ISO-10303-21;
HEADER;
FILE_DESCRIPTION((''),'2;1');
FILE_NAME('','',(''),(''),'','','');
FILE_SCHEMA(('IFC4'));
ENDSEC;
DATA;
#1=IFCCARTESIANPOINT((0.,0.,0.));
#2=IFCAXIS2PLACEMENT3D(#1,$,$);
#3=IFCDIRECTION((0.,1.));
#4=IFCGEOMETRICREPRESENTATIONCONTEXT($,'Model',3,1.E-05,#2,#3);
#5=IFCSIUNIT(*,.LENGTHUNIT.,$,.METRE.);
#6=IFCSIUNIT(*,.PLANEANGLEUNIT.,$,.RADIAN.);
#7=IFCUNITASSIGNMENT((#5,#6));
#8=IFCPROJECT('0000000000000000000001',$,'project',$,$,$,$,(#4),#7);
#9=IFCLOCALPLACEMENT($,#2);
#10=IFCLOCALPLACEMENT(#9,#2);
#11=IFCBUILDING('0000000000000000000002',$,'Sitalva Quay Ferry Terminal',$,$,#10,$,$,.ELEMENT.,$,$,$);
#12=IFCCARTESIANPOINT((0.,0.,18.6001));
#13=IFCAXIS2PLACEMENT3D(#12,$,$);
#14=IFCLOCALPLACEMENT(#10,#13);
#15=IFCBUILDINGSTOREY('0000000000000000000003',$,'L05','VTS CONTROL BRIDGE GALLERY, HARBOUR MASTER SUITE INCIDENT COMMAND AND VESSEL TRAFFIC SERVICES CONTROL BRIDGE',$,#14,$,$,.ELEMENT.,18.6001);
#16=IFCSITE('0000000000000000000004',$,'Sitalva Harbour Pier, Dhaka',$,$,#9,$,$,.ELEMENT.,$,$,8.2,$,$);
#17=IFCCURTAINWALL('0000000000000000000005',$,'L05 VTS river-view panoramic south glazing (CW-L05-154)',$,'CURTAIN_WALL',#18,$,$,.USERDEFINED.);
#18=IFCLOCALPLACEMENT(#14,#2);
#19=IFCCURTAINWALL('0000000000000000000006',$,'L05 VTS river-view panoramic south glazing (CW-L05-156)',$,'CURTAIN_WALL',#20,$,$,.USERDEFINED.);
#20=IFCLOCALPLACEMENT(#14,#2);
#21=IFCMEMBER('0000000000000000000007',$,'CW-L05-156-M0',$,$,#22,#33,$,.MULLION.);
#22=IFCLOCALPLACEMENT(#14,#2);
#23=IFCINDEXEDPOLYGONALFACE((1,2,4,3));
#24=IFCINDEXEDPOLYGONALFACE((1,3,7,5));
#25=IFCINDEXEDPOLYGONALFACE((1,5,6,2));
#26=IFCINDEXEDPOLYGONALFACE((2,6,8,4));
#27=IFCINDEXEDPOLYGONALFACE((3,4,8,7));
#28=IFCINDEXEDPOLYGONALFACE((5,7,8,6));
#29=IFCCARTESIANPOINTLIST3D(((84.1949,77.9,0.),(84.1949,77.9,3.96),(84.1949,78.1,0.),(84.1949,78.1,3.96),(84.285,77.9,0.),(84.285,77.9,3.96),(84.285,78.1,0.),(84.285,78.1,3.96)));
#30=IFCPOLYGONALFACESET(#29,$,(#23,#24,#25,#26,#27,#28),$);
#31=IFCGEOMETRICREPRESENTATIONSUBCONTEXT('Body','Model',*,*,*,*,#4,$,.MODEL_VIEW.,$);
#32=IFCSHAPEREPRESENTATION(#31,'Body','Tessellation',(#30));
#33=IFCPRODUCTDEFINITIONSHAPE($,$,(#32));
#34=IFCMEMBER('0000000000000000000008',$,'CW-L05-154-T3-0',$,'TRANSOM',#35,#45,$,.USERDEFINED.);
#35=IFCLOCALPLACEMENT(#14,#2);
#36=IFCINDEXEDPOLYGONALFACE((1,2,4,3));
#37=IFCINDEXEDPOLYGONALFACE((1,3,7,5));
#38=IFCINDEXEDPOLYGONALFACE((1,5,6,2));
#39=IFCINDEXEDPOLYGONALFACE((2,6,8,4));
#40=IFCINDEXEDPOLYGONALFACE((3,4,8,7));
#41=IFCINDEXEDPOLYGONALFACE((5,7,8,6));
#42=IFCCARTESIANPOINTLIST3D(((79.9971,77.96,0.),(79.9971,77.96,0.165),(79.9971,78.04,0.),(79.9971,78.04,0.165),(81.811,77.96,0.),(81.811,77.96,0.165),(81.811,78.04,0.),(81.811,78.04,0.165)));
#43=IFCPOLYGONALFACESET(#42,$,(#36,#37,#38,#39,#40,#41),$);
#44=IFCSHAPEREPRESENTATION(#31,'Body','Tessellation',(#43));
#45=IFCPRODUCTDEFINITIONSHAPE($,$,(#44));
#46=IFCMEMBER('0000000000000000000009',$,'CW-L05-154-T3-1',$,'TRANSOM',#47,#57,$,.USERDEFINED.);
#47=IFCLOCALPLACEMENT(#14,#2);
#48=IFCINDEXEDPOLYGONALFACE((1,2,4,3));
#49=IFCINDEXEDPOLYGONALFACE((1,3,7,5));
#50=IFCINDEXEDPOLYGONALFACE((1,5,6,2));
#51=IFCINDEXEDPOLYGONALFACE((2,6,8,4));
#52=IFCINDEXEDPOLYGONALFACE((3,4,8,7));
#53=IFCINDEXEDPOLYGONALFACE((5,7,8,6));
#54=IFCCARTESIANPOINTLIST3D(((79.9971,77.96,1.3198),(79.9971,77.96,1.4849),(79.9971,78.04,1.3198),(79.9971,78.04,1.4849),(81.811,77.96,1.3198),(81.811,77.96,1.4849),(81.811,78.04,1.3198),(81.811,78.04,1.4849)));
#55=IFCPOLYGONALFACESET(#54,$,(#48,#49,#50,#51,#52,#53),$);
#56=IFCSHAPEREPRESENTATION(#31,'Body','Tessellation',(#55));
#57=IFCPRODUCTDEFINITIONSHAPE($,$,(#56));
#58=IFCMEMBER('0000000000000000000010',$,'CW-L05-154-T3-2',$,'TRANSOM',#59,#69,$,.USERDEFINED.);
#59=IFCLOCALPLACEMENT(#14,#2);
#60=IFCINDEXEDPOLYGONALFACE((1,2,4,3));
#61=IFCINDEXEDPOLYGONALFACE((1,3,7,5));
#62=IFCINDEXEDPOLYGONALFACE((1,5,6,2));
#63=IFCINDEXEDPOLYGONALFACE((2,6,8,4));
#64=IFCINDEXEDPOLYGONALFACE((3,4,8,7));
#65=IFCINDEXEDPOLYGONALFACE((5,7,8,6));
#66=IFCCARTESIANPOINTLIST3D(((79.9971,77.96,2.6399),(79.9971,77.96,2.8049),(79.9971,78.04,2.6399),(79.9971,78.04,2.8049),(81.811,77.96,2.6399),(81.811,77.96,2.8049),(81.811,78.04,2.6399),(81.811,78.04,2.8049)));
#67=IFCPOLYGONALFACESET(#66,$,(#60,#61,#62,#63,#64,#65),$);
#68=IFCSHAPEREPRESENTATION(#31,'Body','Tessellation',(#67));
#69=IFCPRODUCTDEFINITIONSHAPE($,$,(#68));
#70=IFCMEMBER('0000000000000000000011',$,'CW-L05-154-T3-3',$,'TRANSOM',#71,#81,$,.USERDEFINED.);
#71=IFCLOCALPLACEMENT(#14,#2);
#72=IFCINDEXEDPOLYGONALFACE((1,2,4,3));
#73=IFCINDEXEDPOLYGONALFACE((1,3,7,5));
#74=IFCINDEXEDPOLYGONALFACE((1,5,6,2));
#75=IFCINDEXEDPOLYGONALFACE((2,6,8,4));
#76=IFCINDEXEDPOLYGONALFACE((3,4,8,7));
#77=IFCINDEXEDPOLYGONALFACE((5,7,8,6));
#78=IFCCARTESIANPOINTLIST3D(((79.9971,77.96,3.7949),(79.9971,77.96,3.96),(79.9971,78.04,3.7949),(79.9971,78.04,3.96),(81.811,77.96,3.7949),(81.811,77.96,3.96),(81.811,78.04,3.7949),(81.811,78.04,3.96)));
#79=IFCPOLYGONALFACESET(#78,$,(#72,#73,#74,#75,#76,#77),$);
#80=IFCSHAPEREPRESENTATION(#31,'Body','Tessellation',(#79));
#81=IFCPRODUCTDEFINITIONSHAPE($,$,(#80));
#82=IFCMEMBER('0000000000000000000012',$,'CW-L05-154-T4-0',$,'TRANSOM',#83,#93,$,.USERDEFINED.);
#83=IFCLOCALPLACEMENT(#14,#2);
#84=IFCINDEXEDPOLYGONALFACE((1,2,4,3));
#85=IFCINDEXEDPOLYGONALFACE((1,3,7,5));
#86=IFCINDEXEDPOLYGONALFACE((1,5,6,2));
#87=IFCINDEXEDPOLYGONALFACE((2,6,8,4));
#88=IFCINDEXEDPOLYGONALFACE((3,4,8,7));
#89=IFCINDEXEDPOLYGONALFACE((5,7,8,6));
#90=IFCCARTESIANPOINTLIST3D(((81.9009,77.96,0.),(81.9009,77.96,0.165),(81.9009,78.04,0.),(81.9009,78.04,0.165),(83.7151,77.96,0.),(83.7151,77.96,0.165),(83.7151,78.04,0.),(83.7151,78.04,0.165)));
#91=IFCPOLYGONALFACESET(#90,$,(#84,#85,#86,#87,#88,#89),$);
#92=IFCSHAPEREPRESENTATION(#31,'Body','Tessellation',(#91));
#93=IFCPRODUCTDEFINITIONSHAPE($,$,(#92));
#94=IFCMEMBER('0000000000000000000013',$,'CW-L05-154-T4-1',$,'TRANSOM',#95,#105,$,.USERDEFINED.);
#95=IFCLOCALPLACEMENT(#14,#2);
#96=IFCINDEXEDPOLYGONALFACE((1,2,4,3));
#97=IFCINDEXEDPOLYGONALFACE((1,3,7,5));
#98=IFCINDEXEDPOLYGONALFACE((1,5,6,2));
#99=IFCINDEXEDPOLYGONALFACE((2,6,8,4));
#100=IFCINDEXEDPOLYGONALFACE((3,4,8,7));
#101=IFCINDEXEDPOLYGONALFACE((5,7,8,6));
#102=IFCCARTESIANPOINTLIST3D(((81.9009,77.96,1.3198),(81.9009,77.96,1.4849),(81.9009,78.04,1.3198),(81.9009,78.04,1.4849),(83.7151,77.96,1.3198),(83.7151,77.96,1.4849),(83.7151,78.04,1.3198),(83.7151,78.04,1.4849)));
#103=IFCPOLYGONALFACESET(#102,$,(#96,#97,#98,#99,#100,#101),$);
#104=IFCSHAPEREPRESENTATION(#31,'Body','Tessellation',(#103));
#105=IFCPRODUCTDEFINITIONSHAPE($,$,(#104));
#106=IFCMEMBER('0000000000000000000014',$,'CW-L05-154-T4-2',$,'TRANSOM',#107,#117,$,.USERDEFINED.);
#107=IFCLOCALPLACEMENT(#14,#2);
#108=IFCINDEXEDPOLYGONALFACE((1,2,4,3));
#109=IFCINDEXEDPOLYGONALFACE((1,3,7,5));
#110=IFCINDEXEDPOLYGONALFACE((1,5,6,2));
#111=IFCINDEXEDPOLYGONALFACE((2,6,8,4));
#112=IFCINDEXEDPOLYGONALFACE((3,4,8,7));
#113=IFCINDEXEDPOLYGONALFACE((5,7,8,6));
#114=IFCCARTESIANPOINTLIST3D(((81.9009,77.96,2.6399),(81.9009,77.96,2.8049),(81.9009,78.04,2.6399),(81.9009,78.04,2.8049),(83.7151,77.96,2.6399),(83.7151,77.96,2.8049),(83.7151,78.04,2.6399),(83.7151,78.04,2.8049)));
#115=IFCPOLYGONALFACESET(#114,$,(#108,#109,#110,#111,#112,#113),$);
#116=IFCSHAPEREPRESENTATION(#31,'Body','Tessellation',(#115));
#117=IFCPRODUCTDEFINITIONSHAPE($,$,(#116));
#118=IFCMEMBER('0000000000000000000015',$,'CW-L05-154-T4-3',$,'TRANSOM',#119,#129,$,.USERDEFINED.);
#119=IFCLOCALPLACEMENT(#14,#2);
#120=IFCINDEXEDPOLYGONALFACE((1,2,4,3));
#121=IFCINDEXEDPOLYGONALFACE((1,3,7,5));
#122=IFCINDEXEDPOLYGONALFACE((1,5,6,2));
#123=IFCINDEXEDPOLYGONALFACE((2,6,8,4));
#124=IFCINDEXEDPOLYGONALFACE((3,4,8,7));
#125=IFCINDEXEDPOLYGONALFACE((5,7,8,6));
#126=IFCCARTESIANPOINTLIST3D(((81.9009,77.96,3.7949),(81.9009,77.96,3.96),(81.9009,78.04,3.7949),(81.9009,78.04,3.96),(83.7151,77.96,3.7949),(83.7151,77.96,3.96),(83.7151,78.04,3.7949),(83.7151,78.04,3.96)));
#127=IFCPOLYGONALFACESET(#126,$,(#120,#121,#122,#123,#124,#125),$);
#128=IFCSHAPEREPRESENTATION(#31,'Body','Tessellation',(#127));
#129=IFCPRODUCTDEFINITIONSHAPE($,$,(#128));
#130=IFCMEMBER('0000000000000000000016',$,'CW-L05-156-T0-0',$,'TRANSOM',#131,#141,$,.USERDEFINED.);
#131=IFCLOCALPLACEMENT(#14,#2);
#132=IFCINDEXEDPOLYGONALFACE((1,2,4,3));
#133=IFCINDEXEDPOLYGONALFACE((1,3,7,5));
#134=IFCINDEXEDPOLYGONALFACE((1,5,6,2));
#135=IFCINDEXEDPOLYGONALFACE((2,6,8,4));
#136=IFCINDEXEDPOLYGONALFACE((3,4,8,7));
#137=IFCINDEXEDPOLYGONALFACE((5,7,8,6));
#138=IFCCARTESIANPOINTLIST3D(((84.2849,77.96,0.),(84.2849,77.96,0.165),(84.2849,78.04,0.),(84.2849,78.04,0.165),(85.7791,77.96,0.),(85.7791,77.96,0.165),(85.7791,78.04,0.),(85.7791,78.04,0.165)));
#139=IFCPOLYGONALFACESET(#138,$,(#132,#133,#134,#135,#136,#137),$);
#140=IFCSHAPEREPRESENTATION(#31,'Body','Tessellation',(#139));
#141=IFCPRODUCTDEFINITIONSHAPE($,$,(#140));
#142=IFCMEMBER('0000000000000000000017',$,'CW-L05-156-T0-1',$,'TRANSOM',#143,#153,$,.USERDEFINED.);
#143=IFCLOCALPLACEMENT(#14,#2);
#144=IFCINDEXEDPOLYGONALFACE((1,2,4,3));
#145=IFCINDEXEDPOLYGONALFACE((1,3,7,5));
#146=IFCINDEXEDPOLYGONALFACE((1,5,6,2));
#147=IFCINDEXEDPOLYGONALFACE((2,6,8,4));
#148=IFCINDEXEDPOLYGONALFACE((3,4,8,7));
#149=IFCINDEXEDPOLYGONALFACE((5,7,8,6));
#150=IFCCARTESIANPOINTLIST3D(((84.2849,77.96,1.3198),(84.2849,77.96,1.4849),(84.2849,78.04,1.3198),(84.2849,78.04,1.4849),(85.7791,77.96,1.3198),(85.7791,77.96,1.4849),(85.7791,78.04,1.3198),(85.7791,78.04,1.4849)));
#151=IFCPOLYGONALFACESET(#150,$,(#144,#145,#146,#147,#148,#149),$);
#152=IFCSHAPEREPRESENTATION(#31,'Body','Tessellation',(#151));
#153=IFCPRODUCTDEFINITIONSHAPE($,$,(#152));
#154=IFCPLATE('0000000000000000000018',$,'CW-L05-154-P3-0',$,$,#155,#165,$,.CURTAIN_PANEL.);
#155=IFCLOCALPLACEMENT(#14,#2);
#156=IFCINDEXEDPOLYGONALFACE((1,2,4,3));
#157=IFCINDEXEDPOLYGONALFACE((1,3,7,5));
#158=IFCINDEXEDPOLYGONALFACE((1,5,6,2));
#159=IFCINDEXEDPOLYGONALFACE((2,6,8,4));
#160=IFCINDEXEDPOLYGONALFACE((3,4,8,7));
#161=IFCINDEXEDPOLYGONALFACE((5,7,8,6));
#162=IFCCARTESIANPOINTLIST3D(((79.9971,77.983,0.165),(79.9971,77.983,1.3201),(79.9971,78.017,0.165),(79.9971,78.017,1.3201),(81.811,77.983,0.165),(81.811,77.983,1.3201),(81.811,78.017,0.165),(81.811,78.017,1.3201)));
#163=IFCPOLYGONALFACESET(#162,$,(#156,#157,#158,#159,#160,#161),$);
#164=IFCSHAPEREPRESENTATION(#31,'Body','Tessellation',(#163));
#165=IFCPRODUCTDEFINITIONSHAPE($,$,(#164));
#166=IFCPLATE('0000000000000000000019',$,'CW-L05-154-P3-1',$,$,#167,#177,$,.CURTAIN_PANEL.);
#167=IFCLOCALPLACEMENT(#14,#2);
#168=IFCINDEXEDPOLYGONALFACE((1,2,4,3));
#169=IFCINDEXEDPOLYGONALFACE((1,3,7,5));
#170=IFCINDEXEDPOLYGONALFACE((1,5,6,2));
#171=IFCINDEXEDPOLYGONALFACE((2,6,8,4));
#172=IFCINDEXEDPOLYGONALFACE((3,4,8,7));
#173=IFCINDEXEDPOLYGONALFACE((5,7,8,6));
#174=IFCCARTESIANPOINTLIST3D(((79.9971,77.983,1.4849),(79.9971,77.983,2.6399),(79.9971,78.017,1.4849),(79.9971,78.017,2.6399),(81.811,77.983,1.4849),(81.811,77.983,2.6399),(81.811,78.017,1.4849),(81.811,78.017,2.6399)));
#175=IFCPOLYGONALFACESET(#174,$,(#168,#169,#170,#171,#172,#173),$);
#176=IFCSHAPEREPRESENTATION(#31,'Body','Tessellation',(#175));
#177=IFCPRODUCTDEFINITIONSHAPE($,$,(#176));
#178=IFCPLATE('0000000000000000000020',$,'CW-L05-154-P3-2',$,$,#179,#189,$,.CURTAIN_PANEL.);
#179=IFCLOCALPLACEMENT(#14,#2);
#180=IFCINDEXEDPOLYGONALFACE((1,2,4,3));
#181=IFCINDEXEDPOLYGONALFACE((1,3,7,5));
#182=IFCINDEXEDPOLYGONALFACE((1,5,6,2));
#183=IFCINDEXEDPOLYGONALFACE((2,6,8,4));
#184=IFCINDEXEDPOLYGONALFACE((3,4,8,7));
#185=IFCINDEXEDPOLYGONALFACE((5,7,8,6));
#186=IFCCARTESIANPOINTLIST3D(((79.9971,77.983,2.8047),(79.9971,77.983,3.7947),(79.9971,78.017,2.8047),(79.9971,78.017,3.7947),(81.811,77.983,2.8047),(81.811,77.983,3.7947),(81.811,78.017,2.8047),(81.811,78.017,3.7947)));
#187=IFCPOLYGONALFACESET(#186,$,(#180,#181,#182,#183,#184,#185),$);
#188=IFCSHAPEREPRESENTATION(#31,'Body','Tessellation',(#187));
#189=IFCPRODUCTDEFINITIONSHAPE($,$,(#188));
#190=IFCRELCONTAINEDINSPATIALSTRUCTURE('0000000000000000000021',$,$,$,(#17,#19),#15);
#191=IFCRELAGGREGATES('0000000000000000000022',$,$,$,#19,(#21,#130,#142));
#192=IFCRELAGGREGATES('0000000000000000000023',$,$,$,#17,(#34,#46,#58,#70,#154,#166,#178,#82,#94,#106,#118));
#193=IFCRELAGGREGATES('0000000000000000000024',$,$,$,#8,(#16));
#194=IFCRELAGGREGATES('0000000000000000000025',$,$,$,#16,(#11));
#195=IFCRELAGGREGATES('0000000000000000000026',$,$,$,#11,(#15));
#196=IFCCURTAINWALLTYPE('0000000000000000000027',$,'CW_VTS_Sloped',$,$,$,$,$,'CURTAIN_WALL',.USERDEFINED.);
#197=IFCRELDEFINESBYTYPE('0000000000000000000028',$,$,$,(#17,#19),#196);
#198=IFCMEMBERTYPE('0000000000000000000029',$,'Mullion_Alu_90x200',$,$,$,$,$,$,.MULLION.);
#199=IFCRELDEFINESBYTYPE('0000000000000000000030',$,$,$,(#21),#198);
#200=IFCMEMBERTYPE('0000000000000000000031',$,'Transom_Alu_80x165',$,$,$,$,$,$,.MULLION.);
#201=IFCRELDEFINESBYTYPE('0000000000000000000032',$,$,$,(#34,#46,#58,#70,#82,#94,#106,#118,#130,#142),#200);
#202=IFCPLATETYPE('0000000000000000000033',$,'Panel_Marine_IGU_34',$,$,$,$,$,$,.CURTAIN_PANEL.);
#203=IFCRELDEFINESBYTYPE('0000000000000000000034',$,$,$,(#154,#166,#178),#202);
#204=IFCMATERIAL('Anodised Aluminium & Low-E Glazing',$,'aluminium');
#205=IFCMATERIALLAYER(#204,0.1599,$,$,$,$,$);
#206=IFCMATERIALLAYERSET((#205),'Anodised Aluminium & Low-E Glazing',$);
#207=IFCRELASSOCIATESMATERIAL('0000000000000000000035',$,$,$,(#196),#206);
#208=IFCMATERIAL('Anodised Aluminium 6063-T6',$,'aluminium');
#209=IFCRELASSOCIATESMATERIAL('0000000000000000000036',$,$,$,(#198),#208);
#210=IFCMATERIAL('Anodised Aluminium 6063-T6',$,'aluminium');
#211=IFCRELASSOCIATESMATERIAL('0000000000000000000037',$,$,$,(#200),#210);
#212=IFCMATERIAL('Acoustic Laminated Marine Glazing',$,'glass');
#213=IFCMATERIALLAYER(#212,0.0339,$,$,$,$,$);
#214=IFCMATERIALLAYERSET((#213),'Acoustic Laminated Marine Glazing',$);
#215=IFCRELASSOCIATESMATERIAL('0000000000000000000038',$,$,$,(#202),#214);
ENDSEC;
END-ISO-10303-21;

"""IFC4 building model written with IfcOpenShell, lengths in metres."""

from ifc_helpers import new_model, si_unit, direction, frame, origin, origin_2d, place, context, subcontext, project, spatial, rectangle, extrude, material, layer, layer_set, material_profile, profile_set, type_object, element, aggregate, save


model = new_model("IFC4")

# Units and contexts
model_context = context("Model", 3, precision=1e-05, world=origin(), true_north=direction((0.0, 1.0)))
body_context = subcontext(model_context, "Body", "Model", "MODEL_VIEW")
ifc_project = project(units=[si_unit("LENGTHUNIT", "METRE"), si_unit("PLANEANGLEUNIT", "RADIAN")], contexts=[model_context])

# Site, building, storey
site_placement = place(None, origin())
site = spatial("IfcSite", under=ifc_project, at=site_placement, Name="Sitalva Harbour Pier, Dhaka", CompositionType="ELEMENT", RefElevation=8.2)
building_placement = place(site_placement, origin())
building = spatial("IfcBuilding", under=site, at=building_placement, Name="Sitalva Quay Ferry Terminal", CompositionType="ELEMENT")
storey_placement = place(building_placement, frame((0.0, 0.0, 18.6001)))
storey = spatial("IfcBuildingStorey", under=building, at=storey_placement, Name="L05", Description="VTS CONTROL BRIDGE GALLERY, HARBOUR MASTER SUITE INCIDENT COMMAND AND VESSEL TRAFFIC SERVICES CONTROL BRIDGE", CompositionType="ELEMENT", Elevation=18.6001)

# Curtain wall
ifc_material_1 = material(Name="Anodised Aluminium & Low-E Glazing", Category="aluminium")
ifc_layer_1 = layer(ifc_material_1, 0.1599)
ifc_layer_set_1 = layer_set([ifc_layer_1], Name="Anodised Aluminium & Low-E Glazing")
curtain_wall_type = type_object("IfcCurtainWallType", Name="CW_VTS_Sloped", ElementType="CURTAIN_WALL", PredefinedType="USERDEFINED", material=ifc_layer_set_1)
curtain_wall_1_placement = place(storey_placement, origin())
curtain_wall_1 = element("IfcCurtainWall", 1, at=curtain_wall_1_placement, inside=storey, type_object=curtain_wall_type, Name="L05 VTS river-view panoramic south glazing (CW-L05-154)", ObjectType="CURTAIN_WALL", PredefinedType="USERDEFINED")
ifc_material_2 = material(Name="Anodised Aluminium 6063-T6", Category="aluminium")
ifc_material_profile_1 = material_profile(ifc_material_2, rectangle(XDim=0.0901, YDim=0.2, at=origin_2d()), Name="ALU90x200")
ifc_profile_set_1 = profile_set([ifc_material_profile_1], Name="Anodised Aluminium 6063-T6")
member_type_1 = type_object("IfcMemberType", Name="Mullion_Alu_90x200", PredefinedType="MULLION", material=ifc_profile_set_1)

# Curtain wall, member
curtain_wall_2_placement = place(storey_placement, origin())
curtain_wall_2 = element("IfcCurtainWall", 2, at=curtain_wall_2_placement, inside=storey, type_object=curtain_wall_type, Name="L05 VTS river-view panoramic south glazing (CW-L05-156)", ObjectType="CURTAIN_WALL", PredefinedType="USERDEFINED")
member_1_placement = place(storey_placement, frame((84.24, 78.0, 0.0), z_axis=(0.0, 0.0, 1.0), x_axis=(1.0, 0.0, 0.0)))
member_1 = element("IfcMember", 3, at=member_1_placement, type_object=member_type_1, Name="CW-L05-156-M0", PredefinedType="MULLION", context=body_context, shape_type="SweptSolid", body=[
    extrude(rectangle(XDim=0.0901, YDim=0.2, at=origin_2d()), origin(), (0.0, 0.0, 1.0), 3.96),
])

# Members
ifc_material_3 = material(Name="Anodised Aluminium 6063-T6", Category="aluminium")
ifc_material_profile_2 = material_profile(ifc_material_3, rectangle(XDim=0.0801, YDim=0.165, at=origin_2d()), Name="ALU80x165")
ifc_profile_set_2 = profile_set([ifc_material_profile_2], Name="Anodised Aluminium 6063-T6")
member_type_2 = type_object("IfcMemberType", Name="Transom_Alu_80x165", PredefinedType="MULLION", material=ifc_profile_set_2)
member_2_placement = place(storey_placement, frame((79.9971, 78.0, 0.0825), z_axis=(1.0, 0.0, 0.0), x_axis=(0.0, 1.0, 0.0)))
member_2 = element("IfcMember", 4, at=member_2_placement, type_object=member_type_2, Name="CW-L05-154-T3-0", ObjectType="TRANSOM", PredefinedType="USERDEFINED", context=body_context, shape_type="SweptSolid", body=[
    extrude(rectangle(XDim=0.0801, YDim=0.165, at=origin_2d()), origin(), (0.0, 0.0, 1.0), 1.814),
])
member_3_placement = place(storey_placement, frame((79.9971, 78.0, 1.4023), z_axis=(1.0, 0.0, 0.0), x_axis=(0.0, 1.0, 0.0)))
member_3 = element("IfcMember", 5, at=member_3_placement, type_object=member_type_2, Name="CW-L05-154-T3-1", ObjectType="TRANSOM", PredefinedType="USERDEFINED", context=body_context, shape_type="SweptSolid", body=[
    extrude(rectangle(XDim=0.0801, YDim=0.165, at=origin_2d()), origin(), (0.0, 0.0, 1.0), 1.814),
])
member_4_placement = place(storey_placement, frame((79.9971, 78.0, 2.7224), z_axis=(1.0, 0.0, 0.0), x_axis=(0.0, 1.0, 0.0)))
member_4 = element("IfcMember", 6, at=member_4_placement, type_object=member_type_2, Name="CW-L05-154-T3-2", ObjectType="TRANSOM", PredefinedType="USERDEFINED", context=body_context, shape_type="SweptSolid", body=[
    extrude(rectangle(XDim=0.0801, YDim=0.165, at=origin_2d()), origin(), (0.0, 0.0, 1.0), 1.814),
])
member_5_placement = place(storey_placement, frame((79.9971, 78.0, 3.8774), z_axis=(1.0, 0.0, 0.0), x_axis=(0.0, 1.0, 0.0)))
member_5 = element("IfcMember", 7, at=member_5_placement, type_object=member_type_2, Name="CW-L05-154-T3-3", ObjectType="TRANSOM", PredefinedType="USERDEFINED", context=body_context, shape_type="SweptSolid", body=[
    extrude(rectangle(XDim=0.0801, YDim=0.165, at=origin_2d()), origin(), (0.0, 0.0, 1.0), 1.814),
])
member_6_placement = place(storey_placement, frame((81.9009, 78.0, 0.0825), z_axis=(1.0, 0.0, 0.0), x_axis=(0.0, 1.0, 0.0)))
member_6 = element("IfcMember", 8, at=member_6_placement, type_object=member_type_2, Name="CW-L05-154-T4-0", ObjectType="TRANSOM", PredefinedType="USERDEFINED", context=body_context, shape_type="SweptSolid", body=[
    extrude(rectangle(XDim=0.0801, YDim=0.165, at=origin_2d()), origin(), (0.0, 0.0, 1.0), 1.8142),
])
member_7_placement = place(storey_placement, frame((81.9009, 78.0, 1.4023), z_axis=(1.0, 0.0, 0.0), x_axis=(0.0, 1.0, 0.0)))
member_7 = element("IfcMember", 9, at=member_7_placement, type_object=member_type_2, Name="CW-L05-154-T4-1", ObjectType="TRANSOM", PredefinedType="USERDEFINED", context=body_context, shape_type="SweptSolid", body=[
    extrude(rectangle(XDim=0.0801, YDim=0.165, at=origin_2d()), origin(), (0.0, 0.0, 1.0), 1.8142),
])
member_8_placement = place(storey_placement, frame((81.9009, 78.0, 2.7224), z_axis=(1.0, 0.0, 0.0), x_axis=(0.0, 1.0, 0.0)))
member_8 = element("IfcMember", 10, at=member_8_placement, type_object=member_type_2, Name="CW-L05-154-T4-2", ObjectType="TRANSOM", PredefinedType="USERDEFINED", context=body_context, shape_type="SweptSolid", body=[
    extrude(rectangle(XDim=0.0801, YDim=0.165, at=origin_2d()), origin(), (0.0, 0.0, 1.0), 1.8142),
])
member_9_placement = place(storey_placement, frame((81.9009, 78.0, 3.8774), z_axis=(1.0, 0.0, 0.0), x_axis=(0.0, 1.0, 0.0)))
member_9 = element("IfcMember", 11, at=member_9_placement, type_object=member_type_2, Name="CW-L05-154-T4-3", ObjectType="TRANSOM", PredefinedType="USERDEFINED", context=body_context, shape_type="SweptSolid", body=[
    extrude(rectangle(XDim=0.0801, YDim=0.165, at=origin_2d()), origin(), (0.0, 0.0, 1.0), 1.8142),
])
member_10_placement = place(storey_placement, frame((84.2849, 78.0, 0.0825), z_axis=(1.0, 0.0, 0.0), x_axis=(0.0, 1.0, 0.0)))
member_10 = element("IfcMember", 12, at=member_10_placement, type_object=member_type_2, Name="CW-L05-156-T0-0", ObjectType="TRANSOM", PredefinedType="USERDEFINED", context=body_context, shape_type="SweptSolid", body=[
    extrude(rectangle(XDim=0.0801, YDim=0.165, at=origin_2d()), origin(), (0.0, 0.0, 1.0), 1.4941),
])
member_11_placement = place(storey_placement, frame((84.2849, 78.0, 1.4023), z_axis=(1.0, 0.0, 0.0), x_axis=(0.0, 1.0, 0.0)))
member_11 = element("IfcMember", 13, at=member_11_placement, type_object=member_type_2, Name="CW-L05-156-T0-1", ObjectType="TRANSOM", PredefinedType="USERDEFINED", context=body_context, shape_type="SweptSolid", body=[
    extrude(rectangle(XDim=0.0801, YDim=0.165, at=origin_2d()), origin(), (0.0, 0.0, 1.0), 1.4941),
])
aggregate(curtain_wall_2, [member_1, member_10, member_11])

# Plates
ifc_material_4 = material(Name="Acoustic Laminated Marine Glazing", Category="glass")
ifc_layer_2 = layer(ifc_material_4, 0.0339)
ifc_layer_set_2 = layer_set([ifc_layer_2], Name="Acoustic Laminated Marine Glazing")
plate_type = type_object("IfcPlateType", Name="Panel_Marine_IGU_34", PredefinedType="CURTAIN_PANEL", material=ifc_layer_set_2)
plate_1_placement = place(storey_placement, frame((80.9041, 78.0, 0.165), z_axis=(0.0, 0.0, 1.0), x_axis=(1.0, 0.0, 0.0)))
plate_1 = element("IfcPlate", 14, at=plate_1_placement, type_object=plate_type, Name="CW-L05-154-P3-0", PredefinedType="CURTAIN_PANEL", context=body_context, shape_type="SweptSolid", body=[
    extrude(rectangle(XDim=1.814, YDim=0.0339, at=origin_2d()), origin(), (0.0, 0.0, 1.0), 1.155),
])
plate_2_placement = place(storey_placement, frame((80.9041, 78.0, 1.4849), z_axis=(0.0, 0.0, 1.0), x_axis=(1.0, 0.0, 0.0)))
plate_2 = element("IfcPlate", 15, at=plate_2_placement, type_object=plate_type, Name="CW-L05-154-P3-1", PredefinedType="CURTAIN_PANEL", context=body_context, shape_type="SweptSolid", body=[
    extrude(rectangle(XDim=1.814, YDim=0.0339, at=origin_2d()), origin(), (0.0, 0.0, 1.0), 1.155),
])
plate_3_placement = place(storey_placement, frame((80.9041, 78.0, 2.8047), z_axis=(0.0, 0.0, 1.0), x_axis=(1.0, 0.0, 0.0)))
plate_3 = element("IfcPlate", 16, at=plate_3_placement, type_object=plate_type, Name="CW-L05-154-P3-2", PredefinedType="CURTAIN_PANEL", context=body_context, shape_type="SweptSolid", body=[
    extrude(rectangle(XDim=1.814, YDim=0.0339, at=origin_2d()), origin(), (0.0, 0.0, 1.0), 0.99),
])
aggregate(curtain_wall_1, [member_2, member_3, member_4, member_5, plate_1, plate_2, plate_3, member_6, member_7, member_8, member_9])

save(model, "model.ifc")
